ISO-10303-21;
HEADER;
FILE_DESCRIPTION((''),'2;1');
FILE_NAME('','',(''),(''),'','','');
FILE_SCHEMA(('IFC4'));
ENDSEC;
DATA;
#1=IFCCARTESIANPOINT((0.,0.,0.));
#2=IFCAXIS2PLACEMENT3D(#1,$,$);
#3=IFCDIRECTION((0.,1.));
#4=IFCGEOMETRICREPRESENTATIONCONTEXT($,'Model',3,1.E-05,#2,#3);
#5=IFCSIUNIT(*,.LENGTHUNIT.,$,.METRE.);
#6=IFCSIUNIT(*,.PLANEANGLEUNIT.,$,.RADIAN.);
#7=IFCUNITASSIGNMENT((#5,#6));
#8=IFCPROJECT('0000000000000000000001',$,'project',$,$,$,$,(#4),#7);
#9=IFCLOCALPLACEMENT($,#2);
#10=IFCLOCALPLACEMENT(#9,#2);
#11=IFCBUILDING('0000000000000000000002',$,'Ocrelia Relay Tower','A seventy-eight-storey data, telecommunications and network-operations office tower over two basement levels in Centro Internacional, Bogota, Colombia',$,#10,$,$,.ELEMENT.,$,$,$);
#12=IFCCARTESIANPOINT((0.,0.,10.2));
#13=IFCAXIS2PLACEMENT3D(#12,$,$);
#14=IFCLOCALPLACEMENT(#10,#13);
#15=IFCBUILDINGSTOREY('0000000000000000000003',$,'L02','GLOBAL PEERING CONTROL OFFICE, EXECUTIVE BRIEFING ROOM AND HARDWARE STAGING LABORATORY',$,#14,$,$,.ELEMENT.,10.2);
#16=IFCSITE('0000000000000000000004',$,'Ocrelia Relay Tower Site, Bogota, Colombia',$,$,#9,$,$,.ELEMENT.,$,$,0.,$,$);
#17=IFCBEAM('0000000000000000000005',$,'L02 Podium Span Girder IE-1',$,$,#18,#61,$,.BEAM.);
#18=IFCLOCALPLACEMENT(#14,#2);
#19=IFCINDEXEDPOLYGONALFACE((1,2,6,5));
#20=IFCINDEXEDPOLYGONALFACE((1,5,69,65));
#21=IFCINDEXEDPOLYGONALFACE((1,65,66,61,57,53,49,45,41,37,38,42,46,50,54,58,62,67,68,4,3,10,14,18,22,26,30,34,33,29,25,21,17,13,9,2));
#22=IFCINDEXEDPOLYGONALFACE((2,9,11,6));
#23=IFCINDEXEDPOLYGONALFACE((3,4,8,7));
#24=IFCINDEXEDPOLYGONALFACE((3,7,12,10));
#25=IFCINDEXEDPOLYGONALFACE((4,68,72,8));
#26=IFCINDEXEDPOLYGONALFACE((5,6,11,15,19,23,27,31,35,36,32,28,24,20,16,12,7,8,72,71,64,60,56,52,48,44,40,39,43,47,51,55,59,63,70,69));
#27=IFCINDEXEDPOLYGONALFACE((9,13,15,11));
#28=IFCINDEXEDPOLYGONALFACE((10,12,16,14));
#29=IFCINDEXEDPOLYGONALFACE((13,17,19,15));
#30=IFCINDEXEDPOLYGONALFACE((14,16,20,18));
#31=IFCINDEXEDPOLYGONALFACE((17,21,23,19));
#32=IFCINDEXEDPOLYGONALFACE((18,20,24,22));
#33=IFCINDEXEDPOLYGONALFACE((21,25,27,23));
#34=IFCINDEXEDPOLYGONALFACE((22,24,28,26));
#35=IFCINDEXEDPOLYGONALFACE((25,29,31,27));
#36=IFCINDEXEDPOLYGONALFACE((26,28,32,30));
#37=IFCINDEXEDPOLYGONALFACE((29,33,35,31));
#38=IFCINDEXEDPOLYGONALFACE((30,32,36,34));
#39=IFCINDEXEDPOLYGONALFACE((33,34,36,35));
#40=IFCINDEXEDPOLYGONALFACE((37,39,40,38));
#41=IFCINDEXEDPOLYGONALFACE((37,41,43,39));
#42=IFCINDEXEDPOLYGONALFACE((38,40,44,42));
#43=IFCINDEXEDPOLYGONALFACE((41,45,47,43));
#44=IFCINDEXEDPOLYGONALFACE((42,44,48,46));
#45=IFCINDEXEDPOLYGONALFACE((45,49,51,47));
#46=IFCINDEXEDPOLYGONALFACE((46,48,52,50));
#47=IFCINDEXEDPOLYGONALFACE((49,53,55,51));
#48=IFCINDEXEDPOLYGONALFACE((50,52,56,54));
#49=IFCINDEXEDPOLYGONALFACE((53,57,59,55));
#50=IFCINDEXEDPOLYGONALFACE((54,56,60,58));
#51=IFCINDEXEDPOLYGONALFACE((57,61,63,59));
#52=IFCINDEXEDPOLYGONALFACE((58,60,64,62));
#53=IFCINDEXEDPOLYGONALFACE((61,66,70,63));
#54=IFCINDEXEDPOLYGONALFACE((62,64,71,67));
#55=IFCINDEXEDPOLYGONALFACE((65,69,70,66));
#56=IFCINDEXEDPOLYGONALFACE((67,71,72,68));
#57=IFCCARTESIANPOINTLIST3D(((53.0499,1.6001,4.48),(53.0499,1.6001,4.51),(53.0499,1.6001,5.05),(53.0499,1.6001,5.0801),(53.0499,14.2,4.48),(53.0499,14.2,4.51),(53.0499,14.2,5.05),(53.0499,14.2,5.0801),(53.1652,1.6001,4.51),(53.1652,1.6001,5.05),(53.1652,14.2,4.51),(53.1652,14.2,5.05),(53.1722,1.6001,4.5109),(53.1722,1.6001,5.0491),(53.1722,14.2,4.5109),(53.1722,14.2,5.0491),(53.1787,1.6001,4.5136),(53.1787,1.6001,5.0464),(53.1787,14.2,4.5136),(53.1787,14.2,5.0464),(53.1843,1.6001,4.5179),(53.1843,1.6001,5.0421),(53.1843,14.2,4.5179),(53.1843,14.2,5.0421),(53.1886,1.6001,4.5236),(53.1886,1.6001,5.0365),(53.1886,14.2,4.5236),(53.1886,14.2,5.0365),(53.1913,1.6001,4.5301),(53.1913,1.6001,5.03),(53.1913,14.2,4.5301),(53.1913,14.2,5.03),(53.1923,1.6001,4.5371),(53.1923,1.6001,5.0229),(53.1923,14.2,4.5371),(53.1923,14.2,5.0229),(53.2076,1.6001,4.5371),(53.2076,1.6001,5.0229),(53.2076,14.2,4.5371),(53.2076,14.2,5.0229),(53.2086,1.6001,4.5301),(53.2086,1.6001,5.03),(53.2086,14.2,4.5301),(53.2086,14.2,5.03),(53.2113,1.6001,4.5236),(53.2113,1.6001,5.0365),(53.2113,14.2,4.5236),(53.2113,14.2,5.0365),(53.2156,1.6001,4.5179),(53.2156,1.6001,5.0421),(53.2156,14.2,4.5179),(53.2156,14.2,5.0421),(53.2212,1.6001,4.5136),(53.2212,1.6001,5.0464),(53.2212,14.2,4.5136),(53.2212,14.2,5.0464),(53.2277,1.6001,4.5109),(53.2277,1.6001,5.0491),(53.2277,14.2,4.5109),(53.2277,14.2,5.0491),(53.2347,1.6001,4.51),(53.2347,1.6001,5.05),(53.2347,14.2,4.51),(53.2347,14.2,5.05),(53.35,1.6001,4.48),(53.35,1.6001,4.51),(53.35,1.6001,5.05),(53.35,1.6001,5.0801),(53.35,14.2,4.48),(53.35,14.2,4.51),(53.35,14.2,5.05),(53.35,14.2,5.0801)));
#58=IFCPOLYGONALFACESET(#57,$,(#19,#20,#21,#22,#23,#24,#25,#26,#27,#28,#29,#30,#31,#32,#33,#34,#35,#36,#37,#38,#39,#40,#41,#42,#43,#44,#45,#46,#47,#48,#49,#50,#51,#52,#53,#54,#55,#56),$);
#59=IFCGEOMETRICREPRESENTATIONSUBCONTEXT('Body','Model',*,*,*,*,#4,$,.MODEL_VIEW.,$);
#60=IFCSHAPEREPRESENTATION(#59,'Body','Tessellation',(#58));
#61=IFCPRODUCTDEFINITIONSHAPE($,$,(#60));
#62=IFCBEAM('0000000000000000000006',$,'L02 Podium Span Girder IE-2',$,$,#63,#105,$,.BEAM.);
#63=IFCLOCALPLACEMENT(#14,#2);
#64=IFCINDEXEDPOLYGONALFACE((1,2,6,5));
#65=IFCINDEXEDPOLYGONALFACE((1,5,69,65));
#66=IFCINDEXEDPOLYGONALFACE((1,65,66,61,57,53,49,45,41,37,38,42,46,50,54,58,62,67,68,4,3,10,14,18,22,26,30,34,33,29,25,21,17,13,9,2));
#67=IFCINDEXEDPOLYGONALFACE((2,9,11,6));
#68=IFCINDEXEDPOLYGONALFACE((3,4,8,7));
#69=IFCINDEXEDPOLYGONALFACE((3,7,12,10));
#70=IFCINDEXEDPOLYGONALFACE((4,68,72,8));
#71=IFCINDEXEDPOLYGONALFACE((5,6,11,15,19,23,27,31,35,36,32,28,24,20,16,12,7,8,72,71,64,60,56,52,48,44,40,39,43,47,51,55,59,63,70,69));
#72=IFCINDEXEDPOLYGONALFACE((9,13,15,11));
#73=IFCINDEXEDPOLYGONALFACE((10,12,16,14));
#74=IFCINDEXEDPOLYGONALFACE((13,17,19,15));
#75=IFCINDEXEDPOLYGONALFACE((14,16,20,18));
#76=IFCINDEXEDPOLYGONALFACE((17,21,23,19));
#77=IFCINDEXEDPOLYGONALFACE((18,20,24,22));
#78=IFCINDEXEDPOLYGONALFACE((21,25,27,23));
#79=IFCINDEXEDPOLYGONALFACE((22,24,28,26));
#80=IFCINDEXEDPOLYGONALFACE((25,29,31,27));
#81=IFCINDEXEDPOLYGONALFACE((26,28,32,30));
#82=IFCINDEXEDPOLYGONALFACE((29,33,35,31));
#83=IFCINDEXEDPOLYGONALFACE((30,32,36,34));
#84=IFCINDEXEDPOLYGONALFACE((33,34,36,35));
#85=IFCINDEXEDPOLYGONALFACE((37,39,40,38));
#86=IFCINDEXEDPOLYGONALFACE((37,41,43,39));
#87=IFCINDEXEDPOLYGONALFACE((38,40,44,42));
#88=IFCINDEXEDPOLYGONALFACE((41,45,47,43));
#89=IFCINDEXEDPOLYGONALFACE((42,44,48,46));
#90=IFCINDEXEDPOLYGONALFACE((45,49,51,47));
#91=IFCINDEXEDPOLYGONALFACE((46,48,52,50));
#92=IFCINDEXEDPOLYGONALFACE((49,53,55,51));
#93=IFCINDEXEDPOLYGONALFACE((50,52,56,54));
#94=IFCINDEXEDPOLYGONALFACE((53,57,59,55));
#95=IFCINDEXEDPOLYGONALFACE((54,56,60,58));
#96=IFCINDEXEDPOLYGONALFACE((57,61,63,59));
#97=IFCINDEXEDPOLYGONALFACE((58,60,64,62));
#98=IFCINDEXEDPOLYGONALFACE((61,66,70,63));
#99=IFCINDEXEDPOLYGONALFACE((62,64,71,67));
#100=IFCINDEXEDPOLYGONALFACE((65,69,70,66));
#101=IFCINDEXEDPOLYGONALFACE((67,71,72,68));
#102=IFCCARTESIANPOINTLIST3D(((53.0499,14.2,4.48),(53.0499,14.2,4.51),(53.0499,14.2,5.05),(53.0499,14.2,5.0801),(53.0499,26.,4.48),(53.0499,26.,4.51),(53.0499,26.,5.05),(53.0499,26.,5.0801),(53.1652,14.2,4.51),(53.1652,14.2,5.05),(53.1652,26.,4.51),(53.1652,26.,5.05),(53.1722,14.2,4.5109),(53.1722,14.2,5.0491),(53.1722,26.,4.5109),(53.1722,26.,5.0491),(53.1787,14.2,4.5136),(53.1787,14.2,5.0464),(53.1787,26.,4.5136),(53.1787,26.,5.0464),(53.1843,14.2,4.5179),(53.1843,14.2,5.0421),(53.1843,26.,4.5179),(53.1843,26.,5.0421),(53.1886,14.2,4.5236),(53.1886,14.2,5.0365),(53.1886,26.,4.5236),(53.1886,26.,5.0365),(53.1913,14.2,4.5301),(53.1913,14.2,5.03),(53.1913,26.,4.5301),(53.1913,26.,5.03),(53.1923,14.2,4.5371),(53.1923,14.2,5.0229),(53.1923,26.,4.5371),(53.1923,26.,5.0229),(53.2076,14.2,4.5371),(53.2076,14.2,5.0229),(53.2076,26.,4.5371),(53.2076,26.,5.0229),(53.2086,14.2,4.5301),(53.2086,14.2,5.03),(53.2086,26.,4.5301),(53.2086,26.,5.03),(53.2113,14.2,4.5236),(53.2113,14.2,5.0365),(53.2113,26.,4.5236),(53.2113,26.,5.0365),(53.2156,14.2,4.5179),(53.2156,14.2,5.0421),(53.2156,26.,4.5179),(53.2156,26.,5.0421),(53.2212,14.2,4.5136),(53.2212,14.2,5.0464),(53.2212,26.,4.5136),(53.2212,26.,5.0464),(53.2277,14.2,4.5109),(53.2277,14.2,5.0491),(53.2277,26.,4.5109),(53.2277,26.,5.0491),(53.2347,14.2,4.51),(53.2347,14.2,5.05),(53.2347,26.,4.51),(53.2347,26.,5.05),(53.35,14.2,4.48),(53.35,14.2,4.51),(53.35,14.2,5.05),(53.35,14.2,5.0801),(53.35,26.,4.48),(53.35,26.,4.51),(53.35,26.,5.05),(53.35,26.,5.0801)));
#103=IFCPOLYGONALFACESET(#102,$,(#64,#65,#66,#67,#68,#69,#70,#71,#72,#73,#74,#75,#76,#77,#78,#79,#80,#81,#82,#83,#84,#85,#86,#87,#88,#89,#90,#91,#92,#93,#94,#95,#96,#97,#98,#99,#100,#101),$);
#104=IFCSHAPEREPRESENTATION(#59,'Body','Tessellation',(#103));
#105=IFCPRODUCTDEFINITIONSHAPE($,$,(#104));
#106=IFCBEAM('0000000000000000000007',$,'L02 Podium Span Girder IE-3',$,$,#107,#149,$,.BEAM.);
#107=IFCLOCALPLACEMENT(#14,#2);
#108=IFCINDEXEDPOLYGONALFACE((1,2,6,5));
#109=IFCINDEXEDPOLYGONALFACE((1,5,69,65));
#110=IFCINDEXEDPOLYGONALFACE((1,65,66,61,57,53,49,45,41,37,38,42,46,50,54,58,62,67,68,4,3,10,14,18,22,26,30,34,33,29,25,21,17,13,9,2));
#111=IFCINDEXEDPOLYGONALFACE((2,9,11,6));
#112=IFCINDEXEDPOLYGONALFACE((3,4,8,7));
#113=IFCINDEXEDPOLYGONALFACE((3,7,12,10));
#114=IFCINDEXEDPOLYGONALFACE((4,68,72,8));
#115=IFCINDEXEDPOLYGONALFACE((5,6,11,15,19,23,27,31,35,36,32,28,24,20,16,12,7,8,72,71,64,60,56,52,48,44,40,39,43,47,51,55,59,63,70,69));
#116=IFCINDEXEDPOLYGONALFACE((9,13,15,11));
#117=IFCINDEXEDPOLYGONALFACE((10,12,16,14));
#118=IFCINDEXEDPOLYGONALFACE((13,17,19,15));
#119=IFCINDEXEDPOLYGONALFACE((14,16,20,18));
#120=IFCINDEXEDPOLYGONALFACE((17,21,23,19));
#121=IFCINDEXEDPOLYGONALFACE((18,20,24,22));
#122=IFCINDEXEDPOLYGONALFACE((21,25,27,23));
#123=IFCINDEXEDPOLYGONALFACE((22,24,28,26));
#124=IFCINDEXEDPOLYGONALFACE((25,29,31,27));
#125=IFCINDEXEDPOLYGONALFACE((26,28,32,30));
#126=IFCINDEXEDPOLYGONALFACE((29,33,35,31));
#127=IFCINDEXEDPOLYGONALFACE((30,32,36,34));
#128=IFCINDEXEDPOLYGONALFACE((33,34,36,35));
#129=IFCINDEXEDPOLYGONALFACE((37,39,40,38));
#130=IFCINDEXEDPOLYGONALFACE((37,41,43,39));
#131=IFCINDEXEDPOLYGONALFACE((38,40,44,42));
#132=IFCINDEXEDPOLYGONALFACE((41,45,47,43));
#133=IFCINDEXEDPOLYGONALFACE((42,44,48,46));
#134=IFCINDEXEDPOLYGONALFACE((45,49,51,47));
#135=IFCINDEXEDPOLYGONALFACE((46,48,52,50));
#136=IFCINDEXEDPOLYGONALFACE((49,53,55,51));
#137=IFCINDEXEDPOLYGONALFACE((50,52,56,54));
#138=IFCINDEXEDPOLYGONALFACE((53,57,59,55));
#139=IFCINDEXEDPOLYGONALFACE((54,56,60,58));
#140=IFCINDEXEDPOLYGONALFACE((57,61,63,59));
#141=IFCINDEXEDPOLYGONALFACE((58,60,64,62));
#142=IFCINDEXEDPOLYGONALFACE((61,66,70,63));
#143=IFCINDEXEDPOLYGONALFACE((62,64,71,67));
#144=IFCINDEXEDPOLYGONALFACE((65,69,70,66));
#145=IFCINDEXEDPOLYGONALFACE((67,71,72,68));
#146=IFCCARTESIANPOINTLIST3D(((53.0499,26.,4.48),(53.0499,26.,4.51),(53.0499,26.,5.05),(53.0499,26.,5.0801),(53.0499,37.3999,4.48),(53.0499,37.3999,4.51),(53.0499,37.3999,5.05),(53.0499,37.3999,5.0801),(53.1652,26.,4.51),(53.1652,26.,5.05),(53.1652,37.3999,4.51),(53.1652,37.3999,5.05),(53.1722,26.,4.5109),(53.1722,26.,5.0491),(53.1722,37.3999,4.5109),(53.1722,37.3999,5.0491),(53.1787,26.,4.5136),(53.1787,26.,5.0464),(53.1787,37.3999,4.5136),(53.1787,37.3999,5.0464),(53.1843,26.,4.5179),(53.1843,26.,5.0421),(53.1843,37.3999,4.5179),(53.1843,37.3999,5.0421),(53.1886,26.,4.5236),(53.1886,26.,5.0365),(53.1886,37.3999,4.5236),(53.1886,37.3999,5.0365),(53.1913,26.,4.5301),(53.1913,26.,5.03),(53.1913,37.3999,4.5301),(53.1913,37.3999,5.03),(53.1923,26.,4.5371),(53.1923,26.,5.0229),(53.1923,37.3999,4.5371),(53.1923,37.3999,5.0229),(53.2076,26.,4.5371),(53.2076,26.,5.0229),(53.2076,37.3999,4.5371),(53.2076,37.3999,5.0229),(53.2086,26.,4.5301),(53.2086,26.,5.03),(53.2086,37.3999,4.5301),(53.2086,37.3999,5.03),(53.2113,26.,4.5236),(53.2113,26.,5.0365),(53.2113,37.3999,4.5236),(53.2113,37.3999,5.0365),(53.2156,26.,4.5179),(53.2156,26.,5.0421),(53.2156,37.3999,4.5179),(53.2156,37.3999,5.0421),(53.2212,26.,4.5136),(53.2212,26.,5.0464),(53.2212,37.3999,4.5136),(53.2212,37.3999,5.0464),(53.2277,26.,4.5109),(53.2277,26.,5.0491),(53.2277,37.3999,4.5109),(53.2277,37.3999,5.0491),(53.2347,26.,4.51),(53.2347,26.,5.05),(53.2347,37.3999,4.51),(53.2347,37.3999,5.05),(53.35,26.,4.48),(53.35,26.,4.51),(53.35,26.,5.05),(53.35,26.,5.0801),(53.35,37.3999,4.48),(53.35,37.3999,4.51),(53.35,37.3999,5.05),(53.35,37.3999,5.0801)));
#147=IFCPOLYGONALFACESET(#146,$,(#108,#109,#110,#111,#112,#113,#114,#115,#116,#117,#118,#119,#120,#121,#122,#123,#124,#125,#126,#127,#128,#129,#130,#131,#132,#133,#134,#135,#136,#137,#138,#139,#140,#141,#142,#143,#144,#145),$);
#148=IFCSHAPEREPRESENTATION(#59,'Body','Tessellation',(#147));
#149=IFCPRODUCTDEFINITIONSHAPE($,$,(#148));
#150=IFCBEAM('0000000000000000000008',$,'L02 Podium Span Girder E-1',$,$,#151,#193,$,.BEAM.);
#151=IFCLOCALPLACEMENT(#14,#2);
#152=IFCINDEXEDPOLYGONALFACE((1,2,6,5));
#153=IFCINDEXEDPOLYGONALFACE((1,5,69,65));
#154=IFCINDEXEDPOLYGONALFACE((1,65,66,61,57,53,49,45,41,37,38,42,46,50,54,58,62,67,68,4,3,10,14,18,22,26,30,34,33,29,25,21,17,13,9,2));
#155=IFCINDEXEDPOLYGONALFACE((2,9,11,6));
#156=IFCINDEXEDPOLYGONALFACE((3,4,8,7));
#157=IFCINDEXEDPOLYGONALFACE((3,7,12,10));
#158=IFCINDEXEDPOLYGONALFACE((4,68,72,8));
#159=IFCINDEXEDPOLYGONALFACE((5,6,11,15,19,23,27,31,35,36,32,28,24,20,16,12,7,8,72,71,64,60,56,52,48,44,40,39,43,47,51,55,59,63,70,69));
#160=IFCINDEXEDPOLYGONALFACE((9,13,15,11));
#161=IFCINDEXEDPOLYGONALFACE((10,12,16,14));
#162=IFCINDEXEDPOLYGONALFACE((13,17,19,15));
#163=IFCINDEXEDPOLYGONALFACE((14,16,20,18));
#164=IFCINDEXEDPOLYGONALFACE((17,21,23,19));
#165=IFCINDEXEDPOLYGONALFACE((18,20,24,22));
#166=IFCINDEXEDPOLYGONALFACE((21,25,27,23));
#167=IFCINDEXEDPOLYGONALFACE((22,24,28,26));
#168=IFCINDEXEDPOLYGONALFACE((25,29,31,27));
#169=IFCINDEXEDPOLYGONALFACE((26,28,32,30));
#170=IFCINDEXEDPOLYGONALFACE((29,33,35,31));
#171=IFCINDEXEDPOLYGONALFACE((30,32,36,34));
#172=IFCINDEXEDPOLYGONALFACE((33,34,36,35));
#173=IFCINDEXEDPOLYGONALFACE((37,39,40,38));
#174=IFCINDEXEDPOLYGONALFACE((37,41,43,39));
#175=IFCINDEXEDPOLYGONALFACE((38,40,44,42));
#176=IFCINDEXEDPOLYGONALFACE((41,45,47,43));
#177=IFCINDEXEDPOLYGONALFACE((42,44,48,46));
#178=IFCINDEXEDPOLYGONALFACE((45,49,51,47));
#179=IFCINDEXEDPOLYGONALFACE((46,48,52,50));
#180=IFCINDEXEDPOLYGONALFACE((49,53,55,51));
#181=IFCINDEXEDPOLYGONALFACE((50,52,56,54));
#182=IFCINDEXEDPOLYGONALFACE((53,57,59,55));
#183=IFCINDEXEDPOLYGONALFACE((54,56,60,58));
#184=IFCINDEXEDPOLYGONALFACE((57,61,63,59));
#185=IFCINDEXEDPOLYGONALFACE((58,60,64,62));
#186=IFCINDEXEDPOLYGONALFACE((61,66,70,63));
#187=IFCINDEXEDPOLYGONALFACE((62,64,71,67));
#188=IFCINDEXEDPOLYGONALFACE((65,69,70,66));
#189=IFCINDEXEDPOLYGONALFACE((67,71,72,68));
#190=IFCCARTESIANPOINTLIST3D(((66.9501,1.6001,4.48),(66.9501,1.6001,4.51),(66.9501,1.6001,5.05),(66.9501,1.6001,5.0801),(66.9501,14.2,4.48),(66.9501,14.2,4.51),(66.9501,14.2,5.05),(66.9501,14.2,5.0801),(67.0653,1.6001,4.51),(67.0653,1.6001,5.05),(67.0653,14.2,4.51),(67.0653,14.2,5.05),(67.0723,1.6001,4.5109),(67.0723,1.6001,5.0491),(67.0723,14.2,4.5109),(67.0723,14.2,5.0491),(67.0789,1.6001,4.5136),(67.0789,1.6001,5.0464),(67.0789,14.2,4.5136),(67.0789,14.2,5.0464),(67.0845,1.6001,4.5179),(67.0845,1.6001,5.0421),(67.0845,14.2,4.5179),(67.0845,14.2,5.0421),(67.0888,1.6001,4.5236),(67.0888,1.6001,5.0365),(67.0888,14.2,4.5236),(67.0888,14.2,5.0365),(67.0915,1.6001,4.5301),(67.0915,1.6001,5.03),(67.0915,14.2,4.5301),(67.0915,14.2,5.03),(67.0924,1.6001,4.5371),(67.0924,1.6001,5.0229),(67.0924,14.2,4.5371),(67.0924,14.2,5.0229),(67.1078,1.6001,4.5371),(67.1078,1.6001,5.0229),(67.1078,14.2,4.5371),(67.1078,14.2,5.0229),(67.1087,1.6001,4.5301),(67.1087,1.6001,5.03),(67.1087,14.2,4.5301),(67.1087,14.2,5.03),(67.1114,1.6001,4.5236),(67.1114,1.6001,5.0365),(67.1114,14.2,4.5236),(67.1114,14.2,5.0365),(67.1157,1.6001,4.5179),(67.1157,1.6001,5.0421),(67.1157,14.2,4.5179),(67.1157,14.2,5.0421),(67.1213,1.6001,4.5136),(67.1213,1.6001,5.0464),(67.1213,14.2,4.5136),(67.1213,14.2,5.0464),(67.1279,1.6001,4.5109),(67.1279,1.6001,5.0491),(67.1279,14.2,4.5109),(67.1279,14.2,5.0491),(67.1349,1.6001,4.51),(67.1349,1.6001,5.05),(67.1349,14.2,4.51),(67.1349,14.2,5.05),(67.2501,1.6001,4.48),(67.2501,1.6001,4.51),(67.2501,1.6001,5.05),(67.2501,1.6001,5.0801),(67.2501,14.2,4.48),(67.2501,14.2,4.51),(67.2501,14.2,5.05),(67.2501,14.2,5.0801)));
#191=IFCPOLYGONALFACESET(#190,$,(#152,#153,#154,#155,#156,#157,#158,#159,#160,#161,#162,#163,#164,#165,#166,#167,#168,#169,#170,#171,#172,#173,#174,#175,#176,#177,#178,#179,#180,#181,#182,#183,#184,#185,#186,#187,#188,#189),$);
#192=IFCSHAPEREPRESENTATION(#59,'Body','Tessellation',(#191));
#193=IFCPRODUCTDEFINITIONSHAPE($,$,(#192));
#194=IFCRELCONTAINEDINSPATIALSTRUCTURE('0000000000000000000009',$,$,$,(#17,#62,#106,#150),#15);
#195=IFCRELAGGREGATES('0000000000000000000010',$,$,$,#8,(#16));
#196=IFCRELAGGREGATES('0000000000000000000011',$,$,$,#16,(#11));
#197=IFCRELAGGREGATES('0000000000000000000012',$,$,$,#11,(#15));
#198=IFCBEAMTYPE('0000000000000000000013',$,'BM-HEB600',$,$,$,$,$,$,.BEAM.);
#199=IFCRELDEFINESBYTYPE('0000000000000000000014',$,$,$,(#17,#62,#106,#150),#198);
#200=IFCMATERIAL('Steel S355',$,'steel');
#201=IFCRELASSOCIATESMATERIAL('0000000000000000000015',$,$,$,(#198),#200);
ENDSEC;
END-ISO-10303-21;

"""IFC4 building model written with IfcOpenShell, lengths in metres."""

from ifc_helpers import new_model, si_unit, direction, frame, origin, origin_2d, place, context, subcontext, project, spatial, i_section, extrude, material, material_profile, profile_set, type_object, element, save


model = new_model("IFC4")

# Units and contexts
model_context = context("Model", 3, precision=1e-05, world=origin(), true_north=direction((0.0, 1.0)))
body_context = subcontext(model_context, "Body", "Model", "MODEL_VIEW")
ifc_project = project(units=[si_unit("LENGTHUNIT", "METRE"), si_unit("PLANEANGLEUNIT", "RADIAN")], contexts=[model_context])

# Site, building, storey
site_placement = place(None, origin())
site = spatial("IfcSite", under=ifc_project, at=site_placement, Name="Ocrelia Relay Tower Site, Bogota, Colombia", CompositionType="ELEMENT", RefElevation=0.0)
building_placement = place(site_placement, origin())
building = spatial("IfcBuilding", under=site, at=building_placement, Name="Ocrelia Relay Tower", Description="A seventy-eight-storey data, telecommunications and network-operations office tower over two basement levels in Centro Internacional, Bogota, Colombia", CompositionType="ELEMENT")
storey_placement = place(building_placement, frame((0.0, 0.0, 10.2)))
storey = spatial("IfcBuildingStorey", under=building, at=storey_placement, Name="L02", Description="GLOBAL PEERING CONTROL OFFICE, EXECUTIVE BRIEFING ROOM AND HARDWARE STAGING LABORATORY", CompositionType="ELEMENT", Elevation=10.2)

# Beams
ifc_material_1 = material(Name="Steel S355", Category="steel")
ifc_material_profile_1 = material_profile(ifc_material_1, i_section(OverallWidth=0.3, OverallDepth=0.6001, WebThickness=0.0154, FlangeThickness=0.03, FilletRadius=0.0271, at=origin_2d()), Name="HEB 600")
ifc_profile_set_1 = profile_set([ifc_material_profile_1], Name="Steel S355")
beam_type_1 = type_object("IfcBeamType", Name="BM-HEB600", PredefinedType="BEAM", material=ifc_profile_set_1)
beam_1_placement = place(storey_placement, frame((53.2, 1.6001, 4.78), z_axis=(0.0, 1.0, 0.0), x_axis=(-1.0, 0.0, 0.0)))
element("IfcBeam", 1, at=beam_1_placement, inside=storey, type_object=beam_type_1, Name="L02 Podium Span Girder IE-1", PredefinedType="BEAM", context=body_context, shape_type="SweptSolid", body=[
    extrude(i_section(OverallWidth=0.3, OverallDepth=0.6001, WebThickness=0.0154, FlangeThickness=0.03, FilletRadius=0.0271, at=origin_2d()), origin(), (0.0, 0.0, 1.0), 12.5999),
])
beam_2_placement = place(storey_placement, frame((53.2, 14.2, 4.78), z_axis=(0.0, 1.0, 0.0), x_axis=(-1.0, 0.0, 0.0)))
element("IfcBeam", 2, at=beam_2_placement, inside=storey, type_object=beam_type_1, Name="L02 Podium Span Girder IE-2", PredefinedType="BEAM", context=body_context, shape_type="SweptSolid", body=[
    extrude(i_section(OverallWidth=0.3, OverallDepth=0.6001, WebThickness=0.0154, FlangeThickness=0.03, FilletRadius=0.0271, at=origin_2d()), origin(), (0.0, 0.0, 1.0), 11.8),
])
beam_3_placement = place(storey_placement, frame((53.2, 26.0, 4.78), z_axis=(0.0, 1.0, 0.0), x_axis=(-1.0, 0.0, 0.0)))
element("IfcBeam", 3, at=beam_3_placement, inside=storey, type_object=beam_type_1, Name="L02 Podium Span Girder IE-3", PredefinedType="BEAM", context=body_context, shape_type="SweptSolid", body=[
    extrude(i_section(OverallWidth=0.3, OverallDepth=0.6001, WebThickness=0.0154, FlangeThickness=0.03, FilletRadius=0.0271, at=origin_2d()), origin(), (0.0, 0.0, 1.0), 11.3999),
])
beam_4_placement = place(storey_placement, frame((67.1001, 1.6001, 4.78), z_axis=(0.0, 1.0, 0.0), x_axis=(-1.0, 0.0, 0.0)))
element("IfcBeam", 4, at=beam_4_placement, inside=storey, type_object=beam_type_1, Name="L02 Podium Span Girder E-1", PredefinedType="BEAM", context=body_context, shape_type="SweptSolid", body=[
    extrude(i_section(OverallWidth=0.3, OverallDepth=0.6001, WebThickness=0.0154, FlangeThickness=0.03, FilletRadius=0.0271, at=origin_2d()), origin(), (0.0, 0.0, 1.0), 12.5999),
])

save(model, "model.ifc")
